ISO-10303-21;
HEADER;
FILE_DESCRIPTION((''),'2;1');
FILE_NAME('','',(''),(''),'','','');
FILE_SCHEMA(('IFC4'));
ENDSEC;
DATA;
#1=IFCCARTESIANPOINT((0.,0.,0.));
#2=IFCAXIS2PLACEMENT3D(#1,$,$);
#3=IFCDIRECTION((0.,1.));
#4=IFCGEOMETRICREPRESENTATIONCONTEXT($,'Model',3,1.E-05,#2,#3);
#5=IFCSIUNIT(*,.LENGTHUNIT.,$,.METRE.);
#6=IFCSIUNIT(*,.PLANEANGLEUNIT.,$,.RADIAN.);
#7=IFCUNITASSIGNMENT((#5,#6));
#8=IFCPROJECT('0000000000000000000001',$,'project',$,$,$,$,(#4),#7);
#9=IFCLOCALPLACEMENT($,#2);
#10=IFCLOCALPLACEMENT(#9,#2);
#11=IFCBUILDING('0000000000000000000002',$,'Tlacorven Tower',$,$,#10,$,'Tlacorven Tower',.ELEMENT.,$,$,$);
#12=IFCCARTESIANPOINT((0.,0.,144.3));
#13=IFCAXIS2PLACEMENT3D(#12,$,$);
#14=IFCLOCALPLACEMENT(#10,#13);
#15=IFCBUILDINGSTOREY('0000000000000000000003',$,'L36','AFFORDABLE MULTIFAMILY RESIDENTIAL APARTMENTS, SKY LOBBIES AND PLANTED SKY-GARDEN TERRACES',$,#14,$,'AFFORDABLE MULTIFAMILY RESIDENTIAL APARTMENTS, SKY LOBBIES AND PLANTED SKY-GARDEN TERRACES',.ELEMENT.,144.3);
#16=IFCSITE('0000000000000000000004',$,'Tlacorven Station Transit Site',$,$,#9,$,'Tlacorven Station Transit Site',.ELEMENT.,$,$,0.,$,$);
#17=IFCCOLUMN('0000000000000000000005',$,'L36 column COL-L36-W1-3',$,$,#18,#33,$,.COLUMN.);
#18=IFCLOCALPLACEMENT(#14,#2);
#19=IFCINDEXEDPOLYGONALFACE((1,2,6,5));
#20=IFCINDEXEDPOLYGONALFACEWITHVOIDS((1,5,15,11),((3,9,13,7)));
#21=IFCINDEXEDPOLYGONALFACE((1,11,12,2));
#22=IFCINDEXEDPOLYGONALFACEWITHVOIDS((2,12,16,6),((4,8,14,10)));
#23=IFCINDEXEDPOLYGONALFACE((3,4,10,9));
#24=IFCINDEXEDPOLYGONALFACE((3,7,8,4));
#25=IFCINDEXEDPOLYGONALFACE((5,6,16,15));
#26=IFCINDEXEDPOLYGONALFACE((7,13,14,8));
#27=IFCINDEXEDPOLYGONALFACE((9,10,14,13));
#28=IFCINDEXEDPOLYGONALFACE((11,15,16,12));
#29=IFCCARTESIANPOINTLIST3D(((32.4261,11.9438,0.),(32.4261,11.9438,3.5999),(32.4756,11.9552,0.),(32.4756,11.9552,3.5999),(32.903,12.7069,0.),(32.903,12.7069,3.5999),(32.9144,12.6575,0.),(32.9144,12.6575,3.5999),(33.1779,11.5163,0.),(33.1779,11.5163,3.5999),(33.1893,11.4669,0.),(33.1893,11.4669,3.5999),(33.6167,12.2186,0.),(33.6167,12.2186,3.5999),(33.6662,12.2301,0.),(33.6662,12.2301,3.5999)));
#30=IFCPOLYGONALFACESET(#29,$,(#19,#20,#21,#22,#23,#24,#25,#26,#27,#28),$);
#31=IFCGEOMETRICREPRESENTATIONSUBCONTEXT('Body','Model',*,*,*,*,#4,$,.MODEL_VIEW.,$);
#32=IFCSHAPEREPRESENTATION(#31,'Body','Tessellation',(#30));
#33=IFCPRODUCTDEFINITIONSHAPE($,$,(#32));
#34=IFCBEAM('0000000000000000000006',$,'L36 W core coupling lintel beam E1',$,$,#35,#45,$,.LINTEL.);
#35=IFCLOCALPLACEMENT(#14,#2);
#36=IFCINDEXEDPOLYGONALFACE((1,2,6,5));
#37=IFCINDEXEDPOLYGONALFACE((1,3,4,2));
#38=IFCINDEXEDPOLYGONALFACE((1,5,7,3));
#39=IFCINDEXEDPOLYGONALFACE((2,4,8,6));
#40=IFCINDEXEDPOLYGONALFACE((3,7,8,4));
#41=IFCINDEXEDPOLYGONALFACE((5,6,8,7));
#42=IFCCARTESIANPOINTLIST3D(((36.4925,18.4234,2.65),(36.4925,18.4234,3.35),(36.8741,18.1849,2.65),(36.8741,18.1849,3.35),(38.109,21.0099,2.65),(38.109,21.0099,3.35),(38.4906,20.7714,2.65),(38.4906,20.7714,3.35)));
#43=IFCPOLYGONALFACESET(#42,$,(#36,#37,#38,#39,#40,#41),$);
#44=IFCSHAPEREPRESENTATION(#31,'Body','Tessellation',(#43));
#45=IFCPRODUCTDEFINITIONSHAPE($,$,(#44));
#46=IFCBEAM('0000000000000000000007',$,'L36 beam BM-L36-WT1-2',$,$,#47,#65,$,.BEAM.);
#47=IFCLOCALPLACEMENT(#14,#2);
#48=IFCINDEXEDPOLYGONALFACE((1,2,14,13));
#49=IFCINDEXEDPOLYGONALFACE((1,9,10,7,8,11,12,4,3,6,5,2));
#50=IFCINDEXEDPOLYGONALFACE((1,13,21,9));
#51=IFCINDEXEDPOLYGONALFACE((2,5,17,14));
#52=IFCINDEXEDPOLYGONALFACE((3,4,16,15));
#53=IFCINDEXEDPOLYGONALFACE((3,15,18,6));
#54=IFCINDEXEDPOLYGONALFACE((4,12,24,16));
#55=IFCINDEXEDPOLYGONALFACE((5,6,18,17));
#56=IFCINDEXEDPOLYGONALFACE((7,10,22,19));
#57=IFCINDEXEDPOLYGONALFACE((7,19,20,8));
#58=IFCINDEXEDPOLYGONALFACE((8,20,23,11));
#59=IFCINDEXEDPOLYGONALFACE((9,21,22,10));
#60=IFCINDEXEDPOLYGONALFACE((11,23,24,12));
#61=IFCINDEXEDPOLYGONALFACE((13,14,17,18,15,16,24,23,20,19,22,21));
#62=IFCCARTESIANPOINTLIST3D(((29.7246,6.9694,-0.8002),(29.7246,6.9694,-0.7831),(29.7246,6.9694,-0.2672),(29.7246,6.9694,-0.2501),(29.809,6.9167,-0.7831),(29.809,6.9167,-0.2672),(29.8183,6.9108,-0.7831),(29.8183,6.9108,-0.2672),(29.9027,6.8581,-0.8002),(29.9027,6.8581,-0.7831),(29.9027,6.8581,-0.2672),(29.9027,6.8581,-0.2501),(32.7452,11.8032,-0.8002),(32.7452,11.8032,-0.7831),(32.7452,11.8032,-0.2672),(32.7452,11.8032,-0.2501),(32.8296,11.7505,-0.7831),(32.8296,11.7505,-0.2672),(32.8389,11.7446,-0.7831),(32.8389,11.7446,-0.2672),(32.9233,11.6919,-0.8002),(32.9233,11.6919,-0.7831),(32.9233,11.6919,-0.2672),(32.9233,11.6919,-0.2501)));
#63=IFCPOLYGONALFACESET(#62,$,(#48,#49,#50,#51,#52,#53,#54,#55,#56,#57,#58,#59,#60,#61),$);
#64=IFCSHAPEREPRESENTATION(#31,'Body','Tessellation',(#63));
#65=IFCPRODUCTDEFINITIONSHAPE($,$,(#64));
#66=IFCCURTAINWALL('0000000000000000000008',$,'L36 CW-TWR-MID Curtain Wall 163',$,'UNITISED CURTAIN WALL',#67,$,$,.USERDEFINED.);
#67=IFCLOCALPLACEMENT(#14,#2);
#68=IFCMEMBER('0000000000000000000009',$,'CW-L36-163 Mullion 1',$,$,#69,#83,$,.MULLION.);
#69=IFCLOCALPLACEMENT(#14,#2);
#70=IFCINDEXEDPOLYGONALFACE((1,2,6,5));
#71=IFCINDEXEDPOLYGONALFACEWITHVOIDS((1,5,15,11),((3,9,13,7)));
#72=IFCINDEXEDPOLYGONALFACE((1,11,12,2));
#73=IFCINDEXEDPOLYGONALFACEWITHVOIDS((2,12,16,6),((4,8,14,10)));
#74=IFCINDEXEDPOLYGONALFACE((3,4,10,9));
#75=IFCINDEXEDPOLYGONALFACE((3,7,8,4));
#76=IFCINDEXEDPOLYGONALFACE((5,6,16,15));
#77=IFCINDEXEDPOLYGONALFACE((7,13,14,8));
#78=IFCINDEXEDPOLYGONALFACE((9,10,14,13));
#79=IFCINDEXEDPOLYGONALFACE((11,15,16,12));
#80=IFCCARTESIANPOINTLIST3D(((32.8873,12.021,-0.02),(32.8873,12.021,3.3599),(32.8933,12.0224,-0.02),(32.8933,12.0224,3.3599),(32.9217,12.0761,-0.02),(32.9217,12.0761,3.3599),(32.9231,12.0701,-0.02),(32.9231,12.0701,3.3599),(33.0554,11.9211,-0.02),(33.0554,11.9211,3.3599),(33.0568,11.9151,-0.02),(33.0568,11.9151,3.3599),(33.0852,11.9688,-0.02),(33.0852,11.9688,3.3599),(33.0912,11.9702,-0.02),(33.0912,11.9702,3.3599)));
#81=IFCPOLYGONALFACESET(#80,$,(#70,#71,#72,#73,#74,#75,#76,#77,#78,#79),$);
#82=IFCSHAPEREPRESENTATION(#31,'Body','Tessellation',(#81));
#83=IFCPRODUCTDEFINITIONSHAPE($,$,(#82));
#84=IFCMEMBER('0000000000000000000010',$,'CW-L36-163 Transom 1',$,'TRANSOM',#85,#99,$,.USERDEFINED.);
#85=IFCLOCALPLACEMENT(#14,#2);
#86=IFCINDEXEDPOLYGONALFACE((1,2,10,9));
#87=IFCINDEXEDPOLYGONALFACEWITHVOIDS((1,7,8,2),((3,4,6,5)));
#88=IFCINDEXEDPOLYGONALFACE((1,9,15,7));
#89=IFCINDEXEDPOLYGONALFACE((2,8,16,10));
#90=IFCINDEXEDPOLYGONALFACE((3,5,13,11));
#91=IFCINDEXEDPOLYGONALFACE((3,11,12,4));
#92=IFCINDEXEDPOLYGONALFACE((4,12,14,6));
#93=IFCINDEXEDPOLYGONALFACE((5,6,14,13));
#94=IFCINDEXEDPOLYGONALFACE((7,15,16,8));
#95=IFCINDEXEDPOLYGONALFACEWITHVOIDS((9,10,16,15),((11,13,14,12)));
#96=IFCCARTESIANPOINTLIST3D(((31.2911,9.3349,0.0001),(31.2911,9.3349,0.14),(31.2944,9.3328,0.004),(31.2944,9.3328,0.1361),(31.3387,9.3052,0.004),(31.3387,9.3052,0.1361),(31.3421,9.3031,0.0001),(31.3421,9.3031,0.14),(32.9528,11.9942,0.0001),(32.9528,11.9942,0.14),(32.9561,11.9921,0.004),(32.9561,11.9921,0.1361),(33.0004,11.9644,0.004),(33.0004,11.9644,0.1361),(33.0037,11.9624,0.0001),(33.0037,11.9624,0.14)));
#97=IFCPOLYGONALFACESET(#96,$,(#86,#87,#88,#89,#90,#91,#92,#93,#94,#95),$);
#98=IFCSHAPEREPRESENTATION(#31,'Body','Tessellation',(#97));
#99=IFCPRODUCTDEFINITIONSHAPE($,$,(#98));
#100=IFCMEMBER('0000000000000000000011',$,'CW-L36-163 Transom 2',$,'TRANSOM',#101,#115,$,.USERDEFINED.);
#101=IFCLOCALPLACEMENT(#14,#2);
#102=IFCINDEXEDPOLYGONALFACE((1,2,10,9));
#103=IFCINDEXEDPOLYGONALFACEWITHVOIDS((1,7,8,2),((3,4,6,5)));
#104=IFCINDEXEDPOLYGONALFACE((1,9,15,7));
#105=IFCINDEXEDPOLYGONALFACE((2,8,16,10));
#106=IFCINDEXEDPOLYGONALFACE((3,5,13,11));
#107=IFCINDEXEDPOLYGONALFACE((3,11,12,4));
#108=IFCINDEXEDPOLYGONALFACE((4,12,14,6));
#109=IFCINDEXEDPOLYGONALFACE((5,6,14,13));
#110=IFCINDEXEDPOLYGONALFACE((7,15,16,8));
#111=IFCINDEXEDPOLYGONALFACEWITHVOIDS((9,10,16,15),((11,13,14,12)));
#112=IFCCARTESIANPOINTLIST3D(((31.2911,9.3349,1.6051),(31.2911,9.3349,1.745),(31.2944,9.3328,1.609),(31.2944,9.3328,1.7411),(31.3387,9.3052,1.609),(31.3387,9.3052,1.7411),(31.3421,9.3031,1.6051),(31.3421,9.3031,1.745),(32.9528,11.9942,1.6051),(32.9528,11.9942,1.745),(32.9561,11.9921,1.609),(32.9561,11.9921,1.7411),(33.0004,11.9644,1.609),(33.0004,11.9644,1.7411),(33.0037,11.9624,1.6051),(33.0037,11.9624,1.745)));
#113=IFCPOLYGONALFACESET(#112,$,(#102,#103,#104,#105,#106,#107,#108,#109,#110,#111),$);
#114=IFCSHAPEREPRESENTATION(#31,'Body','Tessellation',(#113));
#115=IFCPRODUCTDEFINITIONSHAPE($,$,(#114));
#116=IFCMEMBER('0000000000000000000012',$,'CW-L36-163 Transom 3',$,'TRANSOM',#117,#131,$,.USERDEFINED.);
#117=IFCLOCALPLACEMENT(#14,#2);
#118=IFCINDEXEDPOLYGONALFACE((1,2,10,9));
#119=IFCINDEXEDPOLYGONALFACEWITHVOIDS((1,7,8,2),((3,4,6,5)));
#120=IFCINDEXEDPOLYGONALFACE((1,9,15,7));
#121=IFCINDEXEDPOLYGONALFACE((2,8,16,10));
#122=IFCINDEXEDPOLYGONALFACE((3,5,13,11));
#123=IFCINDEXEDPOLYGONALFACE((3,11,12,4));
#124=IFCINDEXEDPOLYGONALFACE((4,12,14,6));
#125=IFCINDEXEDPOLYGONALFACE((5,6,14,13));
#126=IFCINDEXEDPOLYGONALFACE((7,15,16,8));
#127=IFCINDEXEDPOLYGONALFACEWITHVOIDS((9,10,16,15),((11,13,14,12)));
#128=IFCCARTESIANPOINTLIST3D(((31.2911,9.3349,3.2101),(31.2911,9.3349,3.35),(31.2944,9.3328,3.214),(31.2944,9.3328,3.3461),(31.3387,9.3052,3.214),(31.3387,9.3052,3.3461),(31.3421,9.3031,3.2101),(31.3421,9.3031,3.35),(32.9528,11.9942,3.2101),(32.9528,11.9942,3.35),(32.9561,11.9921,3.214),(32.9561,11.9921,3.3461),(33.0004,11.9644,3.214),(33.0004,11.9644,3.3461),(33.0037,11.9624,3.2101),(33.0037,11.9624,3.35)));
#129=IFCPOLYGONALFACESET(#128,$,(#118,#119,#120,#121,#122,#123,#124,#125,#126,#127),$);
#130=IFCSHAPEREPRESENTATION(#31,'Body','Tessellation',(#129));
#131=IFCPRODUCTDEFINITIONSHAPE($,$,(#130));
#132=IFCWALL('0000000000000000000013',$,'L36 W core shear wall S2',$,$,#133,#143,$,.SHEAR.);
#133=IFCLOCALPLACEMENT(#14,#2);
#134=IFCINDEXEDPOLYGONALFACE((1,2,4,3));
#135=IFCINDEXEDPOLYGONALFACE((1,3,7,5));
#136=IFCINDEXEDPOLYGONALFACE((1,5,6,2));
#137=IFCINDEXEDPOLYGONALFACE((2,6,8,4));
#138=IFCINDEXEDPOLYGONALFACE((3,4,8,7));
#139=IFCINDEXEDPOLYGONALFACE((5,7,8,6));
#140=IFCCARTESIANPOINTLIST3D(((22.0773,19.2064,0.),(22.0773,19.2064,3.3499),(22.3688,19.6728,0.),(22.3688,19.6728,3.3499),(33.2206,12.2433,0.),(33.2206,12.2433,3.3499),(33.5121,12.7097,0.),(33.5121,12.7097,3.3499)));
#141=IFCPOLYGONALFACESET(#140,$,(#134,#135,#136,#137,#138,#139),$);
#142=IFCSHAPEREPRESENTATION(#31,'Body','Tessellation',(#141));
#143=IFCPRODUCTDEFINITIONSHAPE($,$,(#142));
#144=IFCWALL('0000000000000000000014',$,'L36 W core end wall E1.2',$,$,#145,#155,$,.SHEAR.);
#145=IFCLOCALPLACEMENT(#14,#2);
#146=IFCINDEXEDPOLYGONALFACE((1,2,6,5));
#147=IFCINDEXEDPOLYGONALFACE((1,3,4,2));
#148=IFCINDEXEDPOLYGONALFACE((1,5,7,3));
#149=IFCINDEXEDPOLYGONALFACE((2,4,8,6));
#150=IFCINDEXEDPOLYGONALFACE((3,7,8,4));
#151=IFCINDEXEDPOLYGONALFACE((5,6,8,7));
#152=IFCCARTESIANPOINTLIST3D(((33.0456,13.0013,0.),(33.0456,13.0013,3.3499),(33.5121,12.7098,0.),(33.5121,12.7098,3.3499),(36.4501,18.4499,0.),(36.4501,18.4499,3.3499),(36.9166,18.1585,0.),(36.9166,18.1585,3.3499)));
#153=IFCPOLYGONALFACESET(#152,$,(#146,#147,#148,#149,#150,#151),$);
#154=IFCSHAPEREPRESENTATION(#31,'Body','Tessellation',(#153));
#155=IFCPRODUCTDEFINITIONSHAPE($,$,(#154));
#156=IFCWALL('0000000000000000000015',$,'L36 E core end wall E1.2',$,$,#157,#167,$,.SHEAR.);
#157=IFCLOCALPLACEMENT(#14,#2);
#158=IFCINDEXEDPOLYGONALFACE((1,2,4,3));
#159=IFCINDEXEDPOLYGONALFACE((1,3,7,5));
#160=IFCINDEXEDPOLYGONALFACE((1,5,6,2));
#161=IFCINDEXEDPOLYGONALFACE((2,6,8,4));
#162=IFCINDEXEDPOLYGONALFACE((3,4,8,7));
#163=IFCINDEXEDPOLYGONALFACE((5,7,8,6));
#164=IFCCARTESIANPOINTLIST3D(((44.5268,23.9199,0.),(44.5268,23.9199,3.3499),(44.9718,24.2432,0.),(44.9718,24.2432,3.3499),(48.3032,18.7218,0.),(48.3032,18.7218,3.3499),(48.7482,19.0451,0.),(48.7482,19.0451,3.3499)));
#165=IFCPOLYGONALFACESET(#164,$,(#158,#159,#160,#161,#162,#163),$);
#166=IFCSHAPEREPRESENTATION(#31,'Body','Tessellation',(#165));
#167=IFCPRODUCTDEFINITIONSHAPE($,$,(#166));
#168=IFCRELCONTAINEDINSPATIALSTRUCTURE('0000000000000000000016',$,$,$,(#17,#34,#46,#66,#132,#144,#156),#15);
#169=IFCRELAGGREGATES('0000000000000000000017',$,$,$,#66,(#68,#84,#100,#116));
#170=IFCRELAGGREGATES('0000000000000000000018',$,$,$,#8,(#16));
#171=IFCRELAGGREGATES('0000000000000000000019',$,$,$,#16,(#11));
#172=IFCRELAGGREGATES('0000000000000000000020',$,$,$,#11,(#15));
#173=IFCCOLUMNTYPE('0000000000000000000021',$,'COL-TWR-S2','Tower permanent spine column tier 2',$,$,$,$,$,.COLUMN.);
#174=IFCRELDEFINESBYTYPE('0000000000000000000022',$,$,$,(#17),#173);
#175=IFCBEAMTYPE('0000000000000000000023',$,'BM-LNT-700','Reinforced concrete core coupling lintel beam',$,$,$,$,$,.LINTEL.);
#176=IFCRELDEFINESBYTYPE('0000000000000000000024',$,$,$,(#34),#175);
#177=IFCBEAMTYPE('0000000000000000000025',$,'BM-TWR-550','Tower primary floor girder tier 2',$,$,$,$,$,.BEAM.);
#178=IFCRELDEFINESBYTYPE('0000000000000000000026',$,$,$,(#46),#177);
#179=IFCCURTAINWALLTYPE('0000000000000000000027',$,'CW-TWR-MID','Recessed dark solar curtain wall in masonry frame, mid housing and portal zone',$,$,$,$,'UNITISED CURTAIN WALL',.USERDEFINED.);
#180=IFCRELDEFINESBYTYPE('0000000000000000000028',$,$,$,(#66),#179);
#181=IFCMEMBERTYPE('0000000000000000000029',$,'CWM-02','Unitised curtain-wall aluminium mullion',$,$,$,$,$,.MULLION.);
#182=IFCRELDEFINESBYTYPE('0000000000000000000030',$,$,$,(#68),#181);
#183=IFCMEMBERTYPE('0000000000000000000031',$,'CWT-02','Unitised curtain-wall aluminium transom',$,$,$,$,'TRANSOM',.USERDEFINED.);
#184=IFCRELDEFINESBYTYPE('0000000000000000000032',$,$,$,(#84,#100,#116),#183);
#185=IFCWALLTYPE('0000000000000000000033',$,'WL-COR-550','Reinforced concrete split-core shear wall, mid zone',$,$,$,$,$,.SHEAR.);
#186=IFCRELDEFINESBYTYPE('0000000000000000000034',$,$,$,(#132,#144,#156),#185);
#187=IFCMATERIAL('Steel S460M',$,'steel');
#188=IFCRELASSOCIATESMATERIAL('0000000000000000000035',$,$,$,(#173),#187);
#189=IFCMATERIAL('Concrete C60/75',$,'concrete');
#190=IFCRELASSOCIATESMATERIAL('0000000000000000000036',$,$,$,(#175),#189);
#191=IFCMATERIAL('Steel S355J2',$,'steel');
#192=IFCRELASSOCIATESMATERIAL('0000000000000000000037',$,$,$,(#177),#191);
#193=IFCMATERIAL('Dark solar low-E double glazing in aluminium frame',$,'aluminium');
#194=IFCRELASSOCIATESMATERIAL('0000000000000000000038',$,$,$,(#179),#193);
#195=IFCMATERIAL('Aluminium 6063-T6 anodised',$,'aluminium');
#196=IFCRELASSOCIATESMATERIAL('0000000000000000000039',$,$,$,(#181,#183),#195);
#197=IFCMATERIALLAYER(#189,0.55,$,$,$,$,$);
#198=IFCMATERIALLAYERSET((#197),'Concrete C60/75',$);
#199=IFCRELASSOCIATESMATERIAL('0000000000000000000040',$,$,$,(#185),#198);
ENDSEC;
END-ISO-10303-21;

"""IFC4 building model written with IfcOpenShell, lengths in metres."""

from ifc_helpers import new_model, si_unit, direction, frame, frame_2d, origin, origin_2d, place, context, subcontext, project, spatial, rectangle, hollow_rectangle, i_section, extrude, source, transform, mapped, material, layer, layer_set, material_profile, profile_set, type_object, element, aggregate, save


model = new_model("IFC4")

# Units and contexts
model_context = context("Model", 3, precision=1e-05, world=origin(), true_north=direction((0.0, 1.0)))
body_context = subcontext(model_context, "Body", "Model", "MODEL_VIEW")
ifc_project = project(units=[si_unit("LENGTHUNIT", "METRE"), si_unit("PLANEANGLEUNIT", "RADIAN")], contexts=[model_context])

# Site, building, storey
site_placement = place(None, origin())
site = spatial("IfcSite", under=ifc_project, at=site_placement, Name="Tlacorven Station Transit Site", LongName="Tlacorven Station Transit Site", CompositionType="ELEMENT", RefElevation=0.0)
building_placement = place(site_placement, origin())
building = spatial("IfcBuilding", under=site, at=building_placement, Name="Tlacorven Tower", LongName="Tlacorven Tower", CompositionType="ELEMENT")
storey_placement = place(building_placement, frame((0.0, 0.0, 144.3)))
storey = spatial("IfcBuildingStorey", under=building, at=storey_placement, Name="L36", Description="AFFORDABLE MULTIFAMILY RESIDENTIAL APARTMENTS, SKY LOBBIES AND PLANTED SKY-GARDEN TERRACES", LongName="AFFORDABLE MULTIFAMILY RESIDENTIAL APARTMENTS, SKY LOBBIES AND PLANTED SKY-GARDEN TERRACES", CompositionType="ELEMENT", Elevation=144.3)

# Column
ifc_material_1 = material(Name="Steel S460M", Category="steel")
ifc_material_profile_1 = material_profile(ifc_material_1, hollow_rectangle(XDim=0.8999, YDim=0.8999, WallThickness=0.0359, at=origin_2d()), Name="BOX 900X900X36")
ifc_profile_set_1 = profile_set([ifc_material_profile_1], Name="Steel S460M")
column_type = type_object("IfcColumnType", Name="COL-TWR-S2", Description="Tower permanent spine column tier 2", PredefinedType="COLUMN", material=ifc_profile_set_1)
shared_shape_1 = source(origin(), body_context, "Body", "SweptSolid", [
    extrude(hollow_rectangle(XDim=0.8999, YDim=0.8999, WallThickness=0.0359, at=origin_2d()), origin(), (0.0, 0.0, 1.0), 3.5999),
])
column_placement = place(storey_placement, frame((33.0461, 12.0869, 0.0), z_axis=(0.0, 0.0, 1.0), x_axis=(-0.848048, 0.529919, 0.0)))
element("IfcColumn", 1, at=column_placement, inside=storey, type_object=column_type, Name="L36 column COL-L36-W1-3", PredefinedType="COLUMN", context=body_context, shape_type="MappedRepresentation", body=[
    mapped(shared_shape_1, transform((0.0, 0.0, 0.0), scale=1.0)),
])

# Beams
ifc_material_2 = material(Name="Concrete C60/75", Category="concrete")
ifc_material_profile_2 = material_profile(ifc_material_2, rectangle(XDim=0.45, YDim=0.7, at=origin_2d()), Name="RC 450X700")
ifc_profile_set_2 = profile_set([ifc_material_profile_2], Name="Concrete C60/75")
beam_type_1 = type_object("IfcBeamType", Name="BM-LNT-700", Description="Reinforced concrete core coupling lintel beam", PredefinedType="LINTEL", material=ifc_profile_set_2)
shared_shape_2 = source(origin(), body_context, "Body", "SweptSolid", [
    extrude(rectangle(XDim=0.45, YDim=0.7, at=origin_2d()), origin(), (0.0, 0.0, 1.0), 3.05),
])
beam_1_placement = place(storey_placement, frame((38.2998, 20.8906, 3.0), z_axis=(-0.529985, -0.848007, 0.0), x_axis=(0.848007, -0.529985, 0.0)))
element("IfcBeam", 2, at=beam_1_placement, inside=storey, type_object=beam_type_1, Name="L36 W core coupling lintel beam E1", PredefinedType="LINTEL", context=body_context, shape_type="MappedRepresentation", body=[
    mapped(shared_shape_2, transform((0.0, 0.0, 0.0), scale=1.0)),
])
ifc_material_3 = material(Name="Steel S355J2", Category="steel")
ifc_material_profile_3 = material_profile(ifc_material_3, i_section(OverallWidth=0.21, OverallDepth=0.55, WebThickness=0.011, FlangeThickness=0.0171, at=origin_2d()), Name="IPE 550")
ifc_profile_set_3 = profile_set([ifc_material_profile_3], Name="Steel S355J2")
beam_type_2 = type_object("IfcBeamType", Name="BM-TWR-550", Description="Tower primary floor girder tier 2", PredefinedType="BEAM", material=ifc_profile_set_3)
shared_shape_3 = source(origin(), body_context, "Body", "SweptSolid", [
    extrude(i_section(OverallWidth=0.21, OverallDepth=0.55, WebThickness=0.011, FlangeThickness=0.0171, at=origin_2d()), origin(), (0.0, 0.0, 1.0), 5.7),
])
beam_2_placement = place(storey_placement, frame((32.8342, 11.7476, -0.5251), z_axis=(-0.529926, -0.848044, 0.0), x_axis=(0.848044, -0.529926, 0.0)))
element("IfcBeam", 3, at=beam_2_placement, inside=storey, type_object=beam_type_2, Name="L36 beam BM-L36-WT1-2", PredefinedType="BEAM", context=body_context, shape_type="MappedRepresentation", body=[
    mapped(shared_shape_3, transform((0.0, 0.0, 0.0), scale=1.0)),
])

# Curtain wall, members
ifc_material_4 = material(Name="Dark solar low-E double glazing in aluminium frame", Category="aluminium")
curtain_wall_type = type_object("IfcCurtainWallType", Name="CW-TWR-MID", Description="Recessed dark solar curtain wall in masonry frame, mid housing and portal zone", ElementType="UNITISED CURTAIN WALL", PredefinedType="USERDEFINED", material=ifc_material_4)
curtain_wall_placement = place(storey_placement, origin())
curtain_wall = element("IfcCurtainWall", 4, at=curtain_wall_placement, inside=storey, type_object=curtain_wall_type, Name="L36 CW-TWR-MID Curtain Wall 163", ObjectType="UNITISED CURTAIN WALL", PredefinedType="USERDEFINED")
ifc_material_5 = material(Name="Aluminium 6063-T6 anodised", Category="aluminium")
ifc_material_profile_4 = material_profile(ifc_material_5, hollow_rectangle(XDim=0.0649, YDim=0.2, WallThickness=0.0044, at=origin_2d()), Name="ALU MULLION 65X200")
ifc_profile_set_4 = profile_set([ifc_material_profile_4], Name="Aluminium 6063-T6 anodised")
member_type_1 = type_object("IfcMemberType", Name="CWM-02", Description="Unitised curtain-wall aluminium mullion", PredefinedType="MULLION", material=ifc_profile_set_4)
shared_shape_4 = source(origin(), body_context, "Body", "SweptSolid", [
    extrude(hollow_rectangle(XDim=0.0649, YDim=0.2, WallThickness=0.0044, at=origin_2d()), origin(), (0.0, 0.0, 1.0), 3.3799),
])
member_1_placement = place(storey_placement, frame((32.9893, 11.9956, -0.02), z_axis=(0.0, 0.0, 1.0), x_axis=(-0.529919, -0.848048, 0.0)))
member_1 = element("IfcMember", 5, at=member_1_placement, type_object=member_type_1, Name="CW-L36-163 Mullion 1", PredefinedType="MULLION", context=body_context, shape_type="MappedRepresentation", body=[
    mapped(shared_shape_4, transform((0.0, 0.0, 0.0), scale=1.0)),
])
ifc_material_profile_5 = material_profile(ifc_material_5, hollow_rectangle(XDim=0.0601, YDim=0.1399, WallThickness=0.0039, at=origin_2d()), Name="ALU TRANSOM 60X140")
ifc_profile_set_5 = profile_set([ifc_material_profile_5], Name="Aluminium 6063-T6 anodised")
member_type_2 = type_object("IfcMemberType", Name="CWT-02", Description="Unitised curtain-wall aluminium transom", ElementType="TRANSOM", PredefinedType="USERDEFINED", material=ifc_profile_set_5)
shared_shape_5 = source(origin(), body_context, "Body", "SweptSolid", [
    extrude(hollow_rectangle(XDim=0.0601, YDim=0.1399, WallThickness=0.0039, at=origin_2d()), origin(), (0.0, 0.0, 1.0), 3.1357),
])
member_2_placement = place(storey_placement, frame((32.9783, 11.9783, 0.0701), z_axis=(-0.529915, -0.848051, 0.0), x_axis=(0.848051, -0.529915, 0.0)))
member_2 = element("IfcMember", 6, at=member_2_placement, type_object=member_type_2, Name="CW-L36-163 Transom 1", ObjectType="TRANSOM", PredefinedType="USERDEFINED", context=body_context, shape_type="MappedRepresentation", body=[
    mapped(shared_shape_5, transform((0.0, 0.0, 0.0), scale=1.0)),
])
member_3_placement = place(storey_placement, frame((32.9783, 11.9783, 1.675), z_axis=(-0.529915, -0.848051, 0.0), x_axis=(0.848051, -0.529915, 0.0)))
member_3 = element("IfcMember", 7, at=member_3_placement, type_object=member_type_2, Name="CW-L36-163 Transom 2", ObjectType="TRANSOM", PredefinedType="USERDEFINED", context=body_context, shape_type="MappedRepresentation", body=[
    mapped(shared_shape_5, transform((0.0, 0.0, 0.0), scale=1.0)),
])
member_4_placement = place(storey_placement, frame((32.9783, 11.9783, 3.28), z_axis=(-0.529915, -0.848051, 0.0), x_axis=(0.848051, -0.529915, 0.0)))
member_4 = element("IfcMember", 8, at=member_4_placement, type_object=member_type_2, Name="CW-L36-163 Transom 3", ObjectType="TRANSOM", PredefinedType="USERDEFINED", context=body_context, shape_type="MappedRepresentation", body=[
    mapped(shared_shape_5, transform((0.0, 0.0, 0.0), scale=1.0)),
])
aggregate(curtain_wall, [member_1, member_2, member_3, member_4])

# Walls
ifc_layer_1 = layer(ifc_material_2, 0.55)
ifc_layer_set_1 = layer_set([ifc_layer_1], Name="Concrete C60/75")
wall_type_1 = type_object("IfcWallType", Name="WL-COR-550", Description="Reinforced concrete split-core shear wall, mid zone", PredefinedType="SHEAR", material=ifc_layer_set_1)
wall_1_placement = place(storey_placement, frame((33.3662, 12.4766, 0.0), z_axis=(0.0, 0.0, 1.0), x_axis=(-0.848047, 0.52992, 0.0)))
element("IfcWall", 9, at=wall_1_placement, inside=storey, type_object=wall_type_1, Name="L36 W core shear wall S2", PredefinedType="SHEAR", context=body_context, shape_type="SweptSolid", body=[
    extrude(rectangle(XDim=13.1399, YDim=0.55, at=frame_2d((6.5698, 0.0))), origin(), (0.0, 0.0, 1.0), 3.3499),
])
wall_2_placement = place(storey_placement, frame((36.6833, 18.3042, 0.0), z_axis=(0.0, 0.0, 1.0), x_axis=(-0.529896, -0.848062, 0.0)))
element("IfcWall", 10, at=wall_2_placement, inside=storey, type_object=wall_type_1, Name="L36 W core end wall E1.2", PredefinedType="SHEAR", context=body_context, shape_type="SweptSolid", body=[
    extrude(rectangle(XDim=6.4248, YDim=0.55, at=frame_2d((3.2124, 0.0))), origin(), (0.0, 0.0, 1.0), 3.3499),
])
wall_3_placement = place(storey_placement, frame((48.5256, 18.8835, 0.0), z_axis=(0.0, 0.0, 1.0), x_axis=(-0.587765, 0.809032, 0.0)))
element("IfcWall", 11, at=wall_3_placement, inside=storey, type_object=wall_type_1, Name="L36 E core end wall E1.2", PredefinedType="SHEAR", context=body_context, shape_type="SweptSolid", body=[
    extrude(rectangle(XDim=6.425, YDim=0.55, at=frame_2d((3.2124, 0.0))), origin(), (0.0, 0.0, 1.0), 3.3499),
])

save(model, "model.ifc")
